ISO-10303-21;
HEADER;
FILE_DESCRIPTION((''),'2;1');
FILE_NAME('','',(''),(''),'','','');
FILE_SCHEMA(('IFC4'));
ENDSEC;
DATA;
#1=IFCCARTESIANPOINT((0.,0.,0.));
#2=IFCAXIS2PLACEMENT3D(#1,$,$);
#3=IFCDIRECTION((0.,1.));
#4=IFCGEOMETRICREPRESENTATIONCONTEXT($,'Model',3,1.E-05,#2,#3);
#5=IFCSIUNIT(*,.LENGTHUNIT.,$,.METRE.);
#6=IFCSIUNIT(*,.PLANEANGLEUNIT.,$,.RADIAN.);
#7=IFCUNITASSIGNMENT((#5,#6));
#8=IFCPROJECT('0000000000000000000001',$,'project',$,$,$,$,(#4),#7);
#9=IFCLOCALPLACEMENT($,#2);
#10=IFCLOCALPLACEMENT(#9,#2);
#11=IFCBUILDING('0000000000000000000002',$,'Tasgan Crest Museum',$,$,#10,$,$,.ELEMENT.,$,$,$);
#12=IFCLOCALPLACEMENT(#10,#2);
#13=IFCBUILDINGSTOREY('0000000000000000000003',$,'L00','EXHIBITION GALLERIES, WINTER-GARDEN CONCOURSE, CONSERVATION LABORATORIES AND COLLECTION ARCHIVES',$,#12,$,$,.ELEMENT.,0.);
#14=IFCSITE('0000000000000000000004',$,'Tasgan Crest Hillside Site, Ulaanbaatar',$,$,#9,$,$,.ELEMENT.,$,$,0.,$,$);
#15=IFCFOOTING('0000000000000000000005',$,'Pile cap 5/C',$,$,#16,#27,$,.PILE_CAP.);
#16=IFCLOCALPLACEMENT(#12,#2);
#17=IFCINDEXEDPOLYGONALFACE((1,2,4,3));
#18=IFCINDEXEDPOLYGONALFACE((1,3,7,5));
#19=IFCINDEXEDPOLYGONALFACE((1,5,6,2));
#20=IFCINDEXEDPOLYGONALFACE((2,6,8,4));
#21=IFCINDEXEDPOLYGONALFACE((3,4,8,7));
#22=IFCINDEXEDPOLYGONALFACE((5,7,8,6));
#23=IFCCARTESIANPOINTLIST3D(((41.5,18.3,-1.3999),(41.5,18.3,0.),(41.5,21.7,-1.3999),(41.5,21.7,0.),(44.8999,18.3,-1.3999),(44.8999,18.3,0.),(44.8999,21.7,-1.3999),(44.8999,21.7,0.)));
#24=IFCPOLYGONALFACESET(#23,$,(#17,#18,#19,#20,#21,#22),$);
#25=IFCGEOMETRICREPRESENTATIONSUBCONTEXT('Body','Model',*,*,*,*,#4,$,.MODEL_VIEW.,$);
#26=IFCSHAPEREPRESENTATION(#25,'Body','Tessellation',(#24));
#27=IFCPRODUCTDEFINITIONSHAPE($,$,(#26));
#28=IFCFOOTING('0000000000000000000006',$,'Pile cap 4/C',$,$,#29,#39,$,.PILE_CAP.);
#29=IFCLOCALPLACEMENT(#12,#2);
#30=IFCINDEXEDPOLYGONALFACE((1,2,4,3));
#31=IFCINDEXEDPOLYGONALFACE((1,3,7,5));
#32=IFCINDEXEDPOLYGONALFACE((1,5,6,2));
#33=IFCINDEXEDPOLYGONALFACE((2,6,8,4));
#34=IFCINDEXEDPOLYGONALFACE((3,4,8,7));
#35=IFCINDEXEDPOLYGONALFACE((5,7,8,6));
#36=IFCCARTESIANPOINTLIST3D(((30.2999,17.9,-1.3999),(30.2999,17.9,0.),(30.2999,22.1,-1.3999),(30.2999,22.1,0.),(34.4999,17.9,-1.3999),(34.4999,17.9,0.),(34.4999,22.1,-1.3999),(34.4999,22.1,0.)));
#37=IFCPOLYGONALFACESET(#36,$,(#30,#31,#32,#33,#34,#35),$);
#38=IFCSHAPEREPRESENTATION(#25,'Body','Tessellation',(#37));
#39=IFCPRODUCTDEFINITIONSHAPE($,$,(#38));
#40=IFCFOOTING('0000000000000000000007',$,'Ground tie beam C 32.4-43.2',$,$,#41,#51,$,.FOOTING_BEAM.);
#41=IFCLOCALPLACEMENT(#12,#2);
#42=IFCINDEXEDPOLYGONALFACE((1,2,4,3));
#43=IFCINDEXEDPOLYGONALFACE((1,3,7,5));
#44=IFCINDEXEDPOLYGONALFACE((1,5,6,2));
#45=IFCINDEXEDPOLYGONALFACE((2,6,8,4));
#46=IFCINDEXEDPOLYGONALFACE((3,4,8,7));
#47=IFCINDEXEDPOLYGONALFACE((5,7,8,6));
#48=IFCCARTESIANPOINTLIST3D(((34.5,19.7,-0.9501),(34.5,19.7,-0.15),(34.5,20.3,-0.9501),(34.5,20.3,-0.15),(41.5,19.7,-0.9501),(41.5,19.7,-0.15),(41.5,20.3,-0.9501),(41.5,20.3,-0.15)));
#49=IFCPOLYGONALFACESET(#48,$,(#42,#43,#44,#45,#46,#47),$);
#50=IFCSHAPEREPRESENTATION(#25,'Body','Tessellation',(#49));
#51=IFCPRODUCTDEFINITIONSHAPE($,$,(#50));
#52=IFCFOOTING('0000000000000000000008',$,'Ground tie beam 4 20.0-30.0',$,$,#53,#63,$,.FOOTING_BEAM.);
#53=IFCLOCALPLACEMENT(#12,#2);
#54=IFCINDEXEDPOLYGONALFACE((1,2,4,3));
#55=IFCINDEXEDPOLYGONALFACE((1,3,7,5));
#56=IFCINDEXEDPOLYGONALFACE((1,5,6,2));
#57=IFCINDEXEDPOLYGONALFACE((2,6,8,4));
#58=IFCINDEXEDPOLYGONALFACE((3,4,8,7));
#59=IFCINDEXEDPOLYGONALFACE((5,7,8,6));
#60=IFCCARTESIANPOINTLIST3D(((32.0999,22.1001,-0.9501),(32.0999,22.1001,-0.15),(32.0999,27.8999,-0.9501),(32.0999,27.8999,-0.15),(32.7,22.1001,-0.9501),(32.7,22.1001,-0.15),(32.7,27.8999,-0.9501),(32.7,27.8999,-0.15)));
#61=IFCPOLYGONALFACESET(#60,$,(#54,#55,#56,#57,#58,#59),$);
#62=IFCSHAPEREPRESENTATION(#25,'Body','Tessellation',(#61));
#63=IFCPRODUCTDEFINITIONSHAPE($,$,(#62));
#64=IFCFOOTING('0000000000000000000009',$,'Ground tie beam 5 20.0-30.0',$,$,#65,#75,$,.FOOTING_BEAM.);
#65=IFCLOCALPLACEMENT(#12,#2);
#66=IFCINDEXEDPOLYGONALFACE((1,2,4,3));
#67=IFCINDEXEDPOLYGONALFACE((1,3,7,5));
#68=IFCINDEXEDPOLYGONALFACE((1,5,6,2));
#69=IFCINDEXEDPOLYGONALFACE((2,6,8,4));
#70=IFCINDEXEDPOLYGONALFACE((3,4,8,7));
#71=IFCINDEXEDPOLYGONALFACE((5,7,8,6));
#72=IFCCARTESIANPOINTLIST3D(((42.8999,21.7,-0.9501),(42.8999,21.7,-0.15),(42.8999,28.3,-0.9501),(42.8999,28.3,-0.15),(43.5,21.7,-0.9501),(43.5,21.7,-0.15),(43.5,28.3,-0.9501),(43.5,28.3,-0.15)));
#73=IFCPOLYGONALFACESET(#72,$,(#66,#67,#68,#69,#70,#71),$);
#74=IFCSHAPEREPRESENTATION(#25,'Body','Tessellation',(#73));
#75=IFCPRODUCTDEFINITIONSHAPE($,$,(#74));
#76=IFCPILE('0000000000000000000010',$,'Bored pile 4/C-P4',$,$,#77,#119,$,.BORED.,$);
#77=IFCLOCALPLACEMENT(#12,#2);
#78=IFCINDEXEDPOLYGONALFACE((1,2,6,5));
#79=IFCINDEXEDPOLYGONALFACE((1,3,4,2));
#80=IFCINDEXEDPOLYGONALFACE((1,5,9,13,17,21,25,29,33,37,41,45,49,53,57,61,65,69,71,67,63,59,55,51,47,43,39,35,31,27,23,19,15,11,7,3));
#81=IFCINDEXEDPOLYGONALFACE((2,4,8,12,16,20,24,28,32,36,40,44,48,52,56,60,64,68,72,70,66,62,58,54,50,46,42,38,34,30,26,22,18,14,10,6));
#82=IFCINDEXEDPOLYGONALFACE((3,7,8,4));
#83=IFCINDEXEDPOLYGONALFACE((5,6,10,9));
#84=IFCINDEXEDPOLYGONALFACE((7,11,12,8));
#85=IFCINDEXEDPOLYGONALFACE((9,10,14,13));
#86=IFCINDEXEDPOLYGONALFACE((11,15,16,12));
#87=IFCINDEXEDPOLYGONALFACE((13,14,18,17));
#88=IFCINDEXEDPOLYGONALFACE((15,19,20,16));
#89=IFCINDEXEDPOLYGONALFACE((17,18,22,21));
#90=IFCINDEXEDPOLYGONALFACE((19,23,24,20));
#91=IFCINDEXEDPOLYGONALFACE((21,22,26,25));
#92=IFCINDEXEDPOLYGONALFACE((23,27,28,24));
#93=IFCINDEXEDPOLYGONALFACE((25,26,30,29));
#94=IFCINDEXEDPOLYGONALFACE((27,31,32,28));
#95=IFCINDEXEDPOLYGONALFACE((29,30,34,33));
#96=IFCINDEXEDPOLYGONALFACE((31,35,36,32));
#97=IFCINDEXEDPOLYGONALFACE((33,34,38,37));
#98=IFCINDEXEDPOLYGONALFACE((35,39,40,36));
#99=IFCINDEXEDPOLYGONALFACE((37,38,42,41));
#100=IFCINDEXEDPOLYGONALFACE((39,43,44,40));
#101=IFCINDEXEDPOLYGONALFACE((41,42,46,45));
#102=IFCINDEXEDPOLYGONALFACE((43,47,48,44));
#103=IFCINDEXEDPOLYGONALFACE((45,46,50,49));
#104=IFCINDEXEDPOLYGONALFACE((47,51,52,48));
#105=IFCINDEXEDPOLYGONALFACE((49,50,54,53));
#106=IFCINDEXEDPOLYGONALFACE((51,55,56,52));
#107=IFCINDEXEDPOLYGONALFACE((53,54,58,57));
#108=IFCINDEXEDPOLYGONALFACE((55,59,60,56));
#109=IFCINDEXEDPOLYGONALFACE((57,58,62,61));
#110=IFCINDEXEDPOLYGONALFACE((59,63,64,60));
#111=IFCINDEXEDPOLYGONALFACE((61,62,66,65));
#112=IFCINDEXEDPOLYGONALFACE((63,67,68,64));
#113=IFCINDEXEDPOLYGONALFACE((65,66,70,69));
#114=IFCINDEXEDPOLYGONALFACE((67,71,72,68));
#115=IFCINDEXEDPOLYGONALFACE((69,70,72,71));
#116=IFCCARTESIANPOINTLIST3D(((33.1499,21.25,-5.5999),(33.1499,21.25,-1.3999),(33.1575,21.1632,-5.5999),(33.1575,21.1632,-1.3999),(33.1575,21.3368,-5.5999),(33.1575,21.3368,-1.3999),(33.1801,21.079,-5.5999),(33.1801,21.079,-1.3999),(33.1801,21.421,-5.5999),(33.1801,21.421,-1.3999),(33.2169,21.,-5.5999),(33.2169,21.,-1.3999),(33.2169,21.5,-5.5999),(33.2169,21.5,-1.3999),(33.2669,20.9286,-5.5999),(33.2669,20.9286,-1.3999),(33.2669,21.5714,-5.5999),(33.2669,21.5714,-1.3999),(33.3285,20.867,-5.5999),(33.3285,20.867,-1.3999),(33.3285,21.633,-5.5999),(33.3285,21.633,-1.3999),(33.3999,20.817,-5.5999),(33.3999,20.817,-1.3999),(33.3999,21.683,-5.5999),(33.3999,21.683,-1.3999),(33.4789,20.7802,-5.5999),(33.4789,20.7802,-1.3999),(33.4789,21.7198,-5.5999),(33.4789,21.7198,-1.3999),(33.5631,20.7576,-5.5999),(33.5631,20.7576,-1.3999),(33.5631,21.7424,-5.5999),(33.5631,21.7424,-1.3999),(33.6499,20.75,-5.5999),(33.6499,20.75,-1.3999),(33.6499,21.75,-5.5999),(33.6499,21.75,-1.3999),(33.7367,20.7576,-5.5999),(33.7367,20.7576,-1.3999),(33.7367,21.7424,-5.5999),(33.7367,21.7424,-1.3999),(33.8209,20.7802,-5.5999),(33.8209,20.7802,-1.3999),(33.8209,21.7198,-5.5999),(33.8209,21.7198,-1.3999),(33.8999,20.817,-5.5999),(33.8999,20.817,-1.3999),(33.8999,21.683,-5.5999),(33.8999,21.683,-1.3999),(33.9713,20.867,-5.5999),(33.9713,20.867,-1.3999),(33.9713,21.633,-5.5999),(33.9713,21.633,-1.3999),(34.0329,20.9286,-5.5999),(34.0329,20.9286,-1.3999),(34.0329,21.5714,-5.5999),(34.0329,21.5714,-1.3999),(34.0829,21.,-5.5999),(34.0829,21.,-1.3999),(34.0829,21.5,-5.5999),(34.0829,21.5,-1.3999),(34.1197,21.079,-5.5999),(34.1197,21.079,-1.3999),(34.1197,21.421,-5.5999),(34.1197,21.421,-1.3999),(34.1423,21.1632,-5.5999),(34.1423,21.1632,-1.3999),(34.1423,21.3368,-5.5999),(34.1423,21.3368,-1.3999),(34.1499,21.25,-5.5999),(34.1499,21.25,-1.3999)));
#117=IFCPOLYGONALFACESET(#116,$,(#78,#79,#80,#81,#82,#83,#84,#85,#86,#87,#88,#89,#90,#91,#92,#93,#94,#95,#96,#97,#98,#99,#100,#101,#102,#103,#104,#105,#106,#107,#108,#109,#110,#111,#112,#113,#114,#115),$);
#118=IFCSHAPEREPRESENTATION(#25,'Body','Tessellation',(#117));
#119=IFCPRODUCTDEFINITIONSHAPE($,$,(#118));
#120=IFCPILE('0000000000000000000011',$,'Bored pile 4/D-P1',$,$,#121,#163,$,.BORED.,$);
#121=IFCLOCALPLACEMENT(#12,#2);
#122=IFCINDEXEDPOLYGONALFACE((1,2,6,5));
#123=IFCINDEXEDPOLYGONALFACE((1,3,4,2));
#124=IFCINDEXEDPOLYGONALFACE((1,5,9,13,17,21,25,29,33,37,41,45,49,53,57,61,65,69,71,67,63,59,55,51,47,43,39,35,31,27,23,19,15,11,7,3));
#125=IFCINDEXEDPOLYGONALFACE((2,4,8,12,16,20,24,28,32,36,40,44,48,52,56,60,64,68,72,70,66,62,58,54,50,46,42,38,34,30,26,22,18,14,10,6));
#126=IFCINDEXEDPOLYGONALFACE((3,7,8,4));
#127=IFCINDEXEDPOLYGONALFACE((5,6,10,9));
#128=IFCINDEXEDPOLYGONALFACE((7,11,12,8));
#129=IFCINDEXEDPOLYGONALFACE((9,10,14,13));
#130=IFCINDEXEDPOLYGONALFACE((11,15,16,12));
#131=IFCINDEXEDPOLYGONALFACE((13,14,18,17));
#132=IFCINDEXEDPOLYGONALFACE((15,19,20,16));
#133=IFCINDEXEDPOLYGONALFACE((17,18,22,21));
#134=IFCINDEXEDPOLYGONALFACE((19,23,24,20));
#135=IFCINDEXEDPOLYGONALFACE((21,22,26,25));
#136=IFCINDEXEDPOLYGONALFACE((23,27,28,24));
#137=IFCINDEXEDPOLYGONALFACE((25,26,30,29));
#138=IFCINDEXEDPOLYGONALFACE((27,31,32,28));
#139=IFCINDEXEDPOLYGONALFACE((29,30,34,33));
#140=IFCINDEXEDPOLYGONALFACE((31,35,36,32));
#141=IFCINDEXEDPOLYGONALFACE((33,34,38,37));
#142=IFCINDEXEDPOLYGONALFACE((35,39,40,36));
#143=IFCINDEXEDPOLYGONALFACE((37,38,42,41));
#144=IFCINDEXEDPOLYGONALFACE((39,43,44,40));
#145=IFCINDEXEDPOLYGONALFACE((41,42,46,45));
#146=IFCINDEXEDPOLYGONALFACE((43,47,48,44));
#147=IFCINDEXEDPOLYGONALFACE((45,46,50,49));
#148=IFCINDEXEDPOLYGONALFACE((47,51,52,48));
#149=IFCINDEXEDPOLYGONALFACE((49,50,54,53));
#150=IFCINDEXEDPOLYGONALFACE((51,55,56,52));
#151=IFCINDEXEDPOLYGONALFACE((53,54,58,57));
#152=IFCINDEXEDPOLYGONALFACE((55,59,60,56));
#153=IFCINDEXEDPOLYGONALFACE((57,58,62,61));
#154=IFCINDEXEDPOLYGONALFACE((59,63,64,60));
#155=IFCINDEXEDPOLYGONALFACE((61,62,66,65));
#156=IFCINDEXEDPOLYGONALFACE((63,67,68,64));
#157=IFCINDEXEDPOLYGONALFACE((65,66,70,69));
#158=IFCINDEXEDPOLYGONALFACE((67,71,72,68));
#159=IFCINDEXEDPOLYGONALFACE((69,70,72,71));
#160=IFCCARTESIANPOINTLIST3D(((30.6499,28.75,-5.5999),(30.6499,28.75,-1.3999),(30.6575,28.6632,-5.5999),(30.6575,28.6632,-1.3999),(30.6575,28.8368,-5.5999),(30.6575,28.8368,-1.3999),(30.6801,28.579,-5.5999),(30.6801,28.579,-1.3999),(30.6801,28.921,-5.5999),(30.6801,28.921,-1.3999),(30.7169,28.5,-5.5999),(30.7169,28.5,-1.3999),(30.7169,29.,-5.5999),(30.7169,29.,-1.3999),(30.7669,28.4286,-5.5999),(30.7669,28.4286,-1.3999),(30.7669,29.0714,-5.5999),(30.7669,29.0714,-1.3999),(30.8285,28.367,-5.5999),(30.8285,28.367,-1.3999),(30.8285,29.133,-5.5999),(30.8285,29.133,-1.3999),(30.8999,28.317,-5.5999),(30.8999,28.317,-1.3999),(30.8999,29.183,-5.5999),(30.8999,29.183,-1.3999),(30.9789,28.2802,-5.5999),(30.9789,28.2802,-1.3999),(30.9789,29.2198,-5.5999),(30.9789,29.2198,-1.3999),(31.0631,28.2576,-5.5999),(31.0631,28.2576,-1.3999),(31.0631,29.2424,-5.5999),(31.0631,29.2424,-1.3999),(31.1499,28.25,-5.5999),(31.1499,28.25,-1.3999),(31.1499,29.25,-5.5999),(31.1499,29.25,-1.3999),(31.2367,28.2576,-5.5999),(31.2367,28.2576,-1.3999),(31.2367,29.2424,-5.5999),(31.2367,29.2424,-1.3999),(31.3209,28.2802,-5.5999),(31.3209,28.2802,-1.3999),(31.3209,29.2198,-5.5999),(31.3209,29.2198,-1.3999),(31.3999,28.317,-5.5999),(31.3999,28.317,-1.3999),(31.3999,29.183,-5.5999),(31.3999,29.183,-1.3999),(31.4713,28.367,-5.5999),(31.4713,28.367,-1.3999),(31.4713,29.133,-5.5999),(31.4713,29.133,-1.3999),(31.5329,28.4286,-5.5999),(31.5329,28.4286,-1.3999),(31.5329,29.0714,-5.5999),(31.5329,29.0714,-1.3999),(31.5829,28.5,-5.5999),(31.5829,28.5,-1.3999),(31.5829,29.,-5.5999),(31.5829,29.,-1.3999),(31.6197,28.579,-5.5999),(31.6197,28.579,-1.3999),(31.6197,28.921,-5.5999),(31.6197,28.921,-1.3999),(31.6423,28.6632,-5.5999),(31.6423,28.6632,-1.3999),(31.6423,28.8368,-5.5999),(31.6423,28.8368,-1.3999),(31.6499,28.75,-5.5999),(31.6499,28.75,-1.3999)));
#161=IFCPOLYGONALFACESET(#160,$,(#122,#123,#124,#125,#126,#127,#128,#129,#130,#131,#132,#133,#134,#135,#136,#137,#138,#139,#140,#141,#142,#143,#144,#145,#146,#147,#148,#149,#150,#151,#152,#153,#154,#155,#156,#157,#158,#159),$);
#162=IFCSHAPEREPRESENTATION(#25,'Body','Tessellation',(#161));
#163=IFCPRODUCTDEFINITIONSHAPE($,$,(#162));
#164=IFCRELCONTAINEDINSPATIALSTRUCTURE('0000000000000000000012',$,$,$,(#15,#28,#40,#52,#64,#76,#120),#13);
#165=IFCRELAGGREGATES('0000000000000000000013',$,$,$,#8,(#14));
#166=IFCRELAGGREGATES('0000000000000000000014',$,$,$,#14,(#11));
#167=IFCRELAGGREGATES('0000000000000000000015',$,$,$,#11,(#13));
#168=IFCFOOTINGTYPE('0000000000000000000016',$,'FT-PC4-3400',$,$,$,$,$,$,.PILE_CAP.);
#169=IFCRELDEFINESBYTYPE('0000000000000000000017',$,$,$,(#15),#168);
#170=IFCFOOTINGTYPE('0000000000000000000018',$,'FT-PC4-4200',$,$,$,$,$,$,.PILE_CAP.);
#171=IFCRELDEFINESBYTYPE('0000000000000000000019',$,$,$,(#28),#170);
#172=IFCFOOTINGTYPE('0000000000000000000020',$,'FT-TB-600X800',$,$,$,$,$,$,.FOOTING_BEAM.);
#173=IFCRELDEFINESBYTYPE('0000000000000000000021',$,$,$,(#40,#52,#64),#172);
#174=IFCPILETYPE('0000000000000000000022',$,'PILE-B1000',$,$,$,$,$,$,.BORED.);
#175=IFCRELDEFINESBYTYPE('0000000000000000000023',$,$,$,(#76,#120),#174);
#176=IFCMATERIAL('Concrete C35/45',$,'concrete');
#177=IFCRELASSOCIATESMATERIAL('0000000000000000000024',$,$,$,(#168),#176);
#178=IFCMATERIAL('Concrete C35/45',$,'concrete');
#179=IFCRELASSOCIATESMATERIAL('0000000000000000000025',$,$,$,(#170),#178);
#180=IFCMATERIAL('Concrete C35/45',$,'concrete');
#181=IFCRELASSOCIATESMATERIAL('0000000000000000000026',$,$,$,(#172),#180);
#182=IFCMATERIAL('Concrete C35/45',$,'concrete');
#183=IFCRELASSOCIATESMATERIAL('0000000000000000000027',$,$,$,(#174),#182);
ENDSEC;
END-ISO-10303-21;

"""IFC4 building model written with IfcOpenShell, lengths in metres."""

from ifc_helpers import new_model, si_unit, direction, frame, origin, origin_2d, place, context, subcontext, project, spatial, rectangle, circle, extrude, material, material_profile, profile_set, type_object, element, save


model = new_model("IFC4")

# Units and contexts
model_context = context("Model", 3, precision=1e-05, world=origin(), true_north=direction((0.0, 1.0)))
body_context = subcontext(model_context, "Body", "Model", "MODEL_VIEW")
ifc_project = project(units=[si_unit("LENGTHUNIT", "METRE"), si_unit("PLANEANGLEUNIT", "RADIAN")], contexts=[model_context])

# Site, building, storey
site_placement = place(None, origin())
site = spatial("IfcSite", under=ifc_project, at=site_placement, Name="Tasgan Crest Hillside Site, Ulaanbaatar", CompositionType="ELEMENT", RefElevation=0.0)
building_placement = place(site_placement, origin())
building = spatial("IfcBuilding", under=site, at=building_placement, Name="Tasgan Crest Museum", CompositionType="ELEMENT")
storey_placement = place(building_placement, origin())
storey = spatial("IfcBuildingStorey", under=building, at=storey_placement, Name="L00", Description="EXHIBITION GALLERIES, WINTER-GARDEN CONCOURSE, CONSERVATION LABORATORIES AND COLLECTION ARCHIVES", CompositionType="ELEMENT", Elevation=0.0)

# Footings
ifc_material_1 = material(Name="Concrete C35/45", Category="concrete")
footing_type_1 = type_object("IfcFootingType", Name="FT-PC4-3400", PredefinedType="PILE_CAP", material=ifc_material_1)
footing_1_placement = place(storey_placement, frame((43.2, 20.0, -1.3999), z_axis=(0.0, 0.0, 1.0), x_axis=(1.0, 0.0, 0.0)))
element("IfcFooting", 1, at=footing_1_placement, inside=storey, type_object=footing_type_1, Name="Pile cap 5/C", PredefinedType="PILE_CAP", context=body_context, shape_type="SweptSolid", body=[
    extrude(rectangle(XDim=3.3999, YDim=3.3999, at=origin_2d()), origin(), (0.0, 0.0, 1.0), 1.3999),
])
ifc_material_2 = material(Name="Concrete C35/45", Category="concrete")
footing_type_2 = type_object("IfcFootingType", Name="FT-PC4-4200", PredefinedType="PILE_CAP", material=ifc_material_2)
footing_2_placement = place(storey_placement, frame((32.3999, 20.0, -1.3999), z_axis=(0.0, 0.0, 1.0), x_axis=(1.0, 0.0, 0.0)))
element("IfcFooting", 2, at=footing_2_placement, inside=storey, type_object=footing_type_2, Name="Pile cap 4/C", PredefinedType="PILE_CAP", context=body_context, shape_type="SweptSolid", body=[
    extrude(rectangle(XDim=4.2, YDim=4.2, at=origin_2d()), origin(), (0.0, 0.0, 1.0), 1.3999),
])
ifc_material_3 = material(Name="Concrete C35/45", Category="concrete")
ifc_material_profile_1 = material_profile(ifc_material_3, rectangle(XDim=0.6001, YDim=0.8, at=origin_2d()), Name="TB 600x800")
ifc_profile_set_1 = profile_set([ifc_material_profile_1], Name="Concrete C35/45")
footing_type_3 = type_object("IfcFootingType", Name="FT-TB-600X800", PredefinedType="FOOTING_BEAM", material=ifc_profile_set_1)
footing_3_placement = place(storey_placement, frame((34.5, 20.0, -0.55), z_axis=(1.0, 0.0, 0.0), x_axis=(0.0, 1.0, 0.0)))
element("IfcFooting", 3, at=footing_3_placement, inside=storey, type_object=footing_type_3, Name="Ground tie beam C 32.4-43.2", PredefinedType="FOOTING_BEAM", context=body_context, shape_type="SweptSolid", body=[
    extrude(rectangle(XDim=0.6001, YDim=0.8, at=origin_2d()), origin(), (0.0, 0.0, 1.0), 7.0),
])
footing_4_placement = place(storey_placement, frame((32.3999, 22.1001, -0.55), z_axis=(0.0, 1.0, 0.0), x_axis=(-1.0, 0.0, 0.0)))
element("IfcFooting", 4, at=footing_4_placement, inside=storey, type_object=footing_type_3, Name="Ground tie beam 4 20.0-30.0", PredefinedType="FOOTING_BEAM", context=body_context, shape_type="SweptSolid", body=[
    extrude(rectangle(XDim=0.6001, YDim=0.8, at=origin_2d()), origin(), (0.0, 0.0, 1.0), 5.7998),
])
footing_5_placement = place(storey_placement, frame((43.2, 21.7, -0.55), z_axis=(0.0, 1.0, 0.0), x_axis=(-1.0, 0.0, 0.0)))
element("IfcFooting", 5, at=footing_5_placement, inside=storey, type_object=footing_type_3, Name="Ground tie beam 5 20.0-30.0", PredefinedType="FOOTING_BEAM", context=body_context, shape_type="SweptSolid", body=[
    extrude(rectangle(XDim=0.6001, YDim=0.8, at=origin_2d()), origin(), (0.0, 0.0, 1.0), 6.6001),
])

# Piles
ifc_material_4 = material(Name="Concrete C35/45", Category="concrete")
ifc_material_profile_2 = material_profile(ifc_material_4, circle(Radius=0.5, at=origin_2d()), Name="PILE D1000")
ifc_profile_set_2 = profile_set([ifc_material_profile_2], Name="Concrete C35/45")
pile_type_1 = type_object("IfcPileType", Name="PILE-B1000", PredefinedType="BORED", material=ifc_profile_set_2)
for number, where, z_axis, x_axis, name in (
    (6, (33.6499, 21.25, -1.3999), (0.0, 0.0, -1.0), (1.0, 0.0, 0.0), "Bored pile 4/C-P4"),
    (7, (31.1499, 28.75, -1.3999), (0.0, 0.0, -1.0), (1.0, 0.0, 0.0), "Bored pile 4/D-P1"),
):
    element("IfcPile", number, at=place(storey_placement, frame(where, z_axis=z_axis, x_axis=x_axis)), inside=storey, type_object=pile_type_1, Name=name, PredefinedType="BORED", context=body_context, shape_type="SweptSolid", body=[
        extrude(circle(Radius=0.5, at=origin_2d()), origin(), (0.0, 0.0, 1.0), 4.2),
    ])

save(model, "model.ifc")
